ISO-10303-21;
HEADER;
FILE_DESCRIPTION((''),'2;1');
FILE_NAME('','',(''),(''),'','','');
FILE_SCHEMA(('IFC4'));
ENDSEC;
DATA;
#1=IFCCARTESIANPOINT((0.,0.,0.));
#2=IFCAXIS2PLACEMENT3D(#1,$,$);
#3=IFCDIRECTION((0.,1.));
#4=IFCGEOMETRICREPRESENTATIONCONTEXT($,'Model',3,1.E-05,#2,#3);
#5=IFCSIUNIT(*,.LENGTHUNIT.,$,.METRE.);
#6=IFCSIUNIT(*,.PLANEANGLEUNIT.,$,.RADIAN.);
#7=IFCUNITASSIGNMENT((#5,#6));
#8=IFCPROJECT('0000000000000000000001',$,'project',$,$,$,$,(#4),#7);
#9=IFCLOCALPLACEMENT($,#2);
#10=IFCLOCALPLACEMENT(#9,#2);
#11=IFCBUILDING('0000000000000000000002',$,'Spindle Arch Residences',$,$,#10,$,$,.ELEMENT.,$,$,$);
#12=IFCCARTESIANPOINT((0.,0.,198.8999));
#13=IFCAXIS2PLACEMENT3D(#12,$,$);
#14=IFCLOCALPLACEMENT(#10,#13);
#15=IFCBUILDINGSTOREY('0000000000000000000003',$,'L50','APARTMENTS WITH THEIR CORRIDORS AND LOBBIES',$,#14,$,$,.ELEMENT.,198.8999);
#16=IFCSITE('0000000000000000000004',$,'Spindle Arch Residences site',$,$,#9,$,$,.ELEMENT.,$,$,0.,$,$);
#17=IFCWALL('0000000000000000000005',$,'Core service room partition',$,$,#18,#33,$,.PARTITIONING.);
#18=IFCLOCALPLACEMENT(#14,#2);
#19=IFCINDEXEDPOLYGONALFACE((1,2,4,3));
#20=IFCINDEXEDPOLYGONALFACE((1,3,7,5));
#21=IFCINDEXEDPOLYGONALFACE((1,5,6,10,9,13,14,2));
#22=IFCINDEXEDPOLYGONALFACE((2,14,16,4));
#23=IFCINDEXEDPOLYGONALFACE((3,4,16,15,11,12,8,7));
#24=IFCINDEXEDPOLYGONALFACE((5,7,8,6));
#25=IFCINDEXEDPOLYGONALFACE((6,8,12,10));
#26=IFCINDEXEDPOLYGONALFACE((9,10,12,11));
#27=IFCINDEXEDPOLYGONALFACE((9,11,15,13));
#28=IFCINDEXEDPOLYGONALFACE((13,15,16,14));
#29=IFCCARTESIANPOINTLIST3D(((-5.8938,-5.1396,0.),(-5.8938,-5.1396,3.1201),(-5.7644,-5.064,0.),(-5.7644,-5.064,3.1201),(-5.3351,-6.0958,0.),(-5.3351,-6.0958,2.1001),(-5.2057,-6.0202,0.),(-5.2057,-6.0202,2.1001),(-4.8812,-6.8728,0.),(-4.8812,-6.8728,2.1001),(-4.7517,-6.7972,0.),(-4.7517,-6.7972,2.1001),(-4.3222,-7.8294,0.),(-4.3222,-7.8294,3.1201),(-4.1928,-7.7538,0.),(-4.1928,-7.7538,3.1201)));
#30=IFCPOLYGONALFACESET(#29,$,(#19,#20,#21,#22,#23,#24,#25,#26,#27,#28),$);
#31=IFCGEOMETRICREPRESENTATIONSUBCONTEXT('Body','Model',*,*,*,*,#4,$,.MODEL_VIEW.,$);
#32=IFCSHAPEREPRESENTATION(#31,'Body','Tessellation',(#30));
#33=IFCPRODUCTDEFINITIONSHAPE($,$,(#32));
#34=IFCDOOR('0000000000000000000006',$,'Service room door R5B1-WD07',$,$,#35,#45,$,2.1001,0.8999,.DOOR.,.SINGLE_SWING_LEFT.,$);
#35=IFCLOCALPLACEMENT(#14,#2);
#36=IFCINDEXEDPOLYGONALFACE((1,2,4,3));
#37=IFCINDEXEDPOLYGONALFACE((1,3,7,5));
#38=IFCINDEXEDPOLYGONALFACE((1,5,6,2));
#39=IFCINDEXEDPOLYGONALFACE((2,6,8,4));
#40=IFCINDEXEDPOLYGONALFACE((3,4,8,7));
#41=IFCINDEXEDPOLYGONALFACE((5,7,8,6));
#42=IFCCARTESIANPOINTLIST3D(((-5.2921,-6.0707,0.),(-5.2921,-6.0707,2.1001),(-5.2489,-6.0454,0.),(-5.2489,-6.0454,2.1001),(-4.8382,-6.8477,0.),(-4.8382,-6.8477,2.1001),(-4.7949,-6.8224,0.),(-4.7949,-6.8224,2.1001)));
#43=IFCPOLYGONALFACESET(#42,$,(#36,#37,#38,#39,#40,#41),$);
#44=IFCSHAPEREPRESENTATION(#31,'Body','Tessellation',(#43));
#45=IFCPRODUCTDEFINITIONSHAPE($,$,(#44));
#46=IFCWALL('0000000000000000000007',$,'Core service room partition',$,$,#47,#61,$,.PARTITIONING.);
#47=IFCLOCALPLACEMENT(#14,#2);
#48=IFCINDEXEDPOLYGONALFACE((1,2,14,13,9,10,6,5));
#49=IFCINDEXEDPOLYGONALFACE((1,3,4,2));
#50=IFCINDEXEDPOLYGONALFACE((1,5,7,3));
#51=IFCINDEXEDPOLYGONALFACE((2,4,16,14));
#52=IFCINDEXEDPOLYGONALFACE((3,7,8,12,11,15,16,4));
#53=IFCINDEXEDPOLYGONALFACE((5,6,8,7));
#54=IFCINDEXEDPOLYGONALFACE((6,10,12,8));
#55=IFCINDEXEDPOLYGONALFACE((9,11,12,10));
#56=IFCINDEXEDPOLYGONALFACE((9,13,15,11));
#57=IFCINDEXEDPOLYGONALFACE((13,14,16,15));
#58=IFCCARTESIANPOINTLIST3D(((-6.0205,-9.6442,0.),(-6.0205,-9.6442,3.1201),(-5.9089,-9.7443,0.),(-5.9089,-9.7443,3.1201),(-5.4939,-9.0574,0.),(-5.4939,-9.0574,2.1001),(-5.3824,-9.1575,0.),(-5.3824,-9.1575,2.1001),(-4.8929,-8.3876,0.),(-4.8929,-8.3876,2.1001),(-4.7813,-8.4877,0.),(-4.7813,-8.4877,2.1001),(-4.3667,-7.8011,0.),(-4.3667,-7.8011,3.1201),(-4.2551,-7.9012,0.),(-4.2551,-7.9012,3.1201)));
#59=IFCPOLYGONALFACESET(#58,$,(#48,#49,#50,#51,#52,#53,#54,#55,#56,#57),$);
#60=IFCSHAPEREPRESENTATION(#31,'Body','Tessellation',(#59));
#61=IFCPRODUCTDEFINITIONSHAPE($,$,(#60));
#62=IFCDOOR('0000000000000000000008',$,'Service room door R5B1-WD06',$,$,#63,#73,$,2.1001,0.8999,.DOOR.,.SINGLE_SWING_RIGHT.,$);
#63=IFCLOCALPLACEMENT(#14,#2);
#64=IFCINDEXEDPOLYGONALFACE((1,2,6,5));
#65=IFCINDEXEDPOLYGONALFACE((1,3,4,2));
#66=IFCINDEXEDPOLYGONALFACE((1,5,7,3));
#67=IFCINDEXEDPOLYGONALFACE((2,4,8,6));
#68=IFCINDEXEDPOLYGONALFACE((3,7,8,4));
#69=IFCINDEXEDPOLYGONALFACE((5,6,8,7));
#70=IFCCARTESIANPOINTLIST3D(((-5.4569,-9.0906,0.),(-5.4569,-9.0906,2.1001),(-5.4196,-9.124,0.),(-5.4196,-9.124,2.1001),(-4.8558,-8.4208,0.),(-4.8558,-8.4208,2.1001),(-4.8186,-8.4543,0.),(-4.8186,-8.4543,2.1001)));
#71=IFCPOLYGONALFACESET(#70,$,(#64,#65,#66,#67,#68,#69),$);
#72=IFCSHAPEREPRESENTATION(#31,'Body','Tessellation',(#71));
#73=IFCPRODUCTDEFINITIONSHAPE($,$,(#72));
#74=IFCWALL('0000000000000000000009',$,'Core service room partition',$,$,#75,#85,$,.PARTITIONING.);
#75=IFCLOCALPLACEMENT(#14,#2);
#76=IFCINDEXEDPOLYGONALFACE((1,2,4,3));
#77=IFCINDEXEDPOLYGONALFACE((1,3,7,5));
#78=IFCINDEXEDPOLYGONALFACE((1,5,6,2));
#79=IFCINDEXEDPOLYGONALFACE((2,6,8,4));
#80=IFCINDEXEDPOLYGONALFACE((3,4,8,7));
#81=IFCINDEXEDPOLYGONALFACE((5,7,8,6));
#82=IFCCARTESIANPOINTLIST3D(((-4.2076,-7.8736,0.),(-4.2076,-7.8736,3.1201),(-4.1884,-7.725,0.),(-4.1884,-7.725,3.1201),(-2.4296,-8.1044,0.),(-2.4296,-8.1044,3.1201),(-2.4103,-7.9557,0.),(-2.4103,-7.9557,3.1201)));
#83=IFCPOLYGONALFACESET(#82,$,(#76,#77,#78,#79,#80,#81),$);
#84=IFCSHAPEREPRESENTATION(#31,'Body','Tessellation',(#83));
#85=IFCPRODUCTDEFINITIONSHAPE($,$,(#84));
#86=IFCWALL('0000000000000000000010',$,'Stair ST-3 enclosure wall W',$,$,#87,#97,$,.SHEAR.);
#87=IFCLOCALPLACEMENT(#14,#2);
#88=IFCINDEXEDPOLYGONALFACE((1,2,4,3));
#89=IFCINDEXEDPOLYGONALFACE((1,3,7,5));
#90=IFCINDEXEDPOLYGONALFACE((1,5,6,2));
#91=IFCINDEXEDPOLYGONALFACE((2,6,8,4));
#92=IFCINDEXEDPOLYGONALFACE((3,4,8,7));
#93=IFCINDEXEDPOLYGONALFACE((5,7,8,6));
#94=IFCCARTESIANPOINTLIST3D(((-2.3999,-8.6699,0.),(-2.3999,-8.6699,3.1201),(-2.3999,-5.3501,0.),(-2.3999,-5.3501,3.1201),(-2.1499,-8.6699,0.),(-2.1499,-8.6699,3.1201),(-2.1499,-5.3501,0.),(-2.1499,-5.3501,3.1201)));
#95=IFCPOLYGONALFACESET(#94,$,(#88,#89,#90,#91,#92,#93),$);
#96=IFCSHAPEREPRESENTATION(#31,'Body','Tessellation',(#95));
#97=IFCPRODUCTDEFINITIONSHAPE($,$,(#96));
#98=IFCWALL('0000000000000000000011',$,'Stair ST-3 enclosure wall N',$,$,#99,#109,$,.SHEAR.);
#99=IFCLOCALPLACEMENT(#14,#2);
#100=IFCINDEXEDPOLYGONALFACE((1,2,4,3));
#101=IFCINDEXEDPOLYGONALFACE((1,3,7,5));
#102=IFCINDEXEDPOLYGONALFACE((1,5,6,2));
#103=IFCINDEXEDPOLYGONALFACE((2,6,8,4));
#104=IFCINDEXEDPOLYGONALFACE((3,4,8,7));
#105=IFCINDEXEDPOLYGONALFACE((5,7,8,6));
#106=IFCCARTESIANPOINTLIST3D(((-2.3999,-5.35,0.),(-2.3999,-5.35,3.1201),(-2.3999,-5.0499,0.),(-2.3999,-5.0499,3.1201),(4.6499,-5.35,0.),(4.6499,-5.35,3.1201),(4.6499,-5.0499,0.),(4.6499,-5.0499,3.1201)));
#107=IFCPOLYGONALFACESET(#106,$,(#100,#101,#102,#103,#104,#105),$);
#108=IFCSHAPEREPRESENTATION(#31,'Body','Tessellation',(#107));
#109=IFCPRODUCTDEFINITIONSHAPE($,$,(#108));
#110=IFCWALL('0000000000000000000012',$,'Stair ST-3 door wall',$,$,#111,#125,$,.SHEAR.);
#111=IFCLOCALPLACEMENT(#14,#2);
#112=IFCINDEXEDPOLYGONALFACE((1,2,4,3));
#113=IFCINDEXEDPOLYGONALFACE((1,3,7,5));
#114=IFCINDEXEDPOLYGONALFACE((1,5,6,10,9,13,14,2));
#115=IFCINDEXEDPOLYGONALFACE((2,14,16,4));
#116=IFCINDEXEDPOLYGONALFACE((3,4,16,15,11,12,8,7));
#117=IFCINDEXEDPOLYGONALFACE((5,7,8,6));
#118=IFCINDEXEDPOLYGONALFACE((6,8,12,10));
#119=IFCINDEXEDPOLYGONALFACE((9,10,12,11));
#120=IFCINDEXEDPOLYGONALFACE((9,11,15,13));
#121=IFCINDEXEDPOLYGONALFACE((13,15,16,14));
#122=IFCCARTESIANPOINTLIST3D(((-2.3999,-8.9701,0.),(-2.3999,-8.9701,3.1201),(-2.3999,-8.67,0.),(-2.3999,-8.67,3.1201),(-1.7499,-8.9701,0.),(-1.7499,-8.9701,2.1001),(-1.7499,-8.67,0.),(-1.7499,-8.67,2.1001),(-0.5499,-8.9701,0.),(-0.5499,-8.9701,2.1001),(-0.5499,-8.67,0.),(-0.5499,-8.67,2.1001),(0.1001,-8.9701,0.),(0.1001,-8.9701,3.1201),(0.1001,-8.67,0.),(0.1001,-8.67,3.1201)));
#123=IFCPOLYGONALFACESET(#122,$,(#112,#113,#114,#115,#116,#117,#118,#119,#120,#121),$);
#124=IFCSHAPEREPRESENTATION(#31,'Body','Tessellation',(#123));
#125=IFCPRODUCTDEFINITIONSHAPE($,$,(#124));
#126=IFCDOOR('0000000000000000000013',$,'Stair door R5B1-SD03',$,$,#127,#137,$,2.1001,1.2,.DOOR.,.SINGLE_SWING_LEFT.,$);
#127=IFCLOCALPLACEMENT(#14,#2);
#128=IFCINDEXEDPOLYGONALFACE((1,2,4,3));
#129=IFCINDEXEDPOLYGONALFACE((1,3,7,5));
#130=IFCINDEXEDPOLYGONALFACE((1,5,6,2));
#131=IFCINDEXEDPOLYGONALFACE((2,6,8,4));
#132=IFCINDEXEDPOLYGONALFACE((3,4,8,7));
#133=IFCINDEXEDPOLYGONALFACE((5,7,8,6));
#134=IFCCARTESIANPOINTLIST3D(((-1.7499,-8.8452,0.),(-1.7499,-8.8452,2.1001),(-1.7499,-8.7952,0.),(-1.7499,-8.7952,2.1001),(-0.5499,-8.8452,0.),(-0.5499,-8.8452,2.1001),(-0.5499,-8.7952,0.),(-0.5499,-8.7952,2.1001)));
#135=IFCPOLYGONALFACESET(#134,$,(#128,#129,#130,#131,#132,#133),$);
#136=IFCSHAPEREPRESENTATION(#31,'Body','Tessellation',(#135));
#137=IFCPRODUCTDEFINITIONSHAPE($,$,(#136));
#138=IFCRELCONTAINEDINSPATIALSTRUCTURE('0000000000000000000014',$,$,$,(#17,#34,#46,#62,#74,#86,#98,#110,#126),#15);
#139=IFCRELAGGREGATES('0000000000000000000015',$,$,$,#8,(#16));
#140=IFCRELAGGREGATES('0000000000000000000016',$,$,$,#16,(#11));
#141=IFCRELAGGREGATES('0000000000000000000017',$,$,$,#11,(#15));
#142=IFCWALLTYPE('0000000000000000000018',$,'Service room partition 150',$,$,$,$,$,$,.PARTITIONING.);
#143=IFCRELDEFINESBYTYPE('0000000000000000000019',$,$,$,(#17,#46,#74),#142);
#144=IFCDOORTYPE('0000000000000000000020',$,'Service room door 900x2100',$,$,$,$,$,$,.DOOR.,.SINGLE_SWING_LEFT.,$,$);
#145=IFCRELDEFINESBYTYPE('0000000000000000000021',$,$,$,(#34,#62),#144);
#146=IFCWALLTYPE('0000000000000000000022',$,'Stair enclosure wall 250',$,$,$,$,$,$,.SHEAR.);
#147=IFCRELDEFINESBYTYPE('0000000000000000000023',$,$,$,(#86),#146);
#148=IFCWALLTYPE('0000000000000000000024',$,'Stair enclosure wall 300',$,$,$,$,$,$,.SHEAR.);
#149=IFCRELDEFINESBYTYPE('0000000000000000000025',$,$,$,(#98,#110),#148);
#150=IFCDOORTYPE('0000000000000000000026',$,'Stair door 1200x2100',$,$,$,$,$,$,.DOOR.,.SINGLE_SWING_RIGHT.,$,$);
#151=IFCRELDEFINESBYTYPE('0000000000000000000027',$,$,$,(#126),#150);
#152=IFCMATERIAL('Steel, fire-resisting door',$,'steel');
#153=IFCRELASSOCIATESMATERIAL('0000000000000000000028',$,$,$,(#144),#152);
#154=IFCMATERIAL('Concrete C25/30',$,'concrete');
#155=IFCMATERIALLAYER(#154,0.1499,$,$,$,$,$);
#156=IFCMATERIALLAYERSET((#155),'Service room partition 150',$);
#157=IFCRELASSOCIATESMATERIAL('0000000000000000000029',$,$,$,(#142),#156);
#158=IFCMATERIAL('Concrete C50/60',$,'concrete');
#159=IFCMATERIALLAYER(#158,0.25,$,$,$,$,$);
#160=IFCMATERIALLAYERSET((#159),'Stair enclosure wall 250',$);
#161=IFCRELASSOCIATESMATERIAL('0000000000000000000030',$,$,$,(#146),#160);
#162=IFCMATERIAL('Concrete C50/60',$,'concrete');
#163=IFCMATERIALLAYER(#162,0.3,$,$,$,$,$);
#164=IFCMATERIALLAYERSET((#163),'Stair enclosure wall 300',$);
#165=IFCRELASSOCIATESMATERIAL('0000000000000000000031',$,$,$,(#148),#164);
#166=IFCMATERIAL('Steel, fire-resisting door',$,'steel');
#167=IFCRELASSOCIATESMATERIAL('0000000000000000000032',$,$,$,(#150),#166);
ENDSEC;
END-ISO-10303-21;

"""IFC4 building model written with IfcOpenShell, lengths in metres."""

from ifc_helpers import new_model, si_unit, direction, frame, frame_2d, origin, place, context, subcontext, project, spatial, rectangle, extrude, material, layer, layer_set, type_object, element, fill, save


model = new_model("IFC4")

# Units and contexts
model_context = context("Model", 3, precision=1e-05, world=origin(), true_north=direction((0.0, 1.0)))
body_context = subcontext(model_context, "Body", "Model", "MODEL_VIEW")
ifc_project = project(units=[si_unit("LENGTHUNIT", "METRE"), si_unit("PLANEANGLEUNIT", "RADIAN")], contexts=[model_context])

# Site, building, storey
site_placement = place(None, origin())
site = spatial("IfcSite", under=ifc_project, at=site_placement, Name="Spindle Arch Residences site", CompositionType="ELEMENT", RefElevation=0.0)
building_placement = place(site_placement, origin())
building = spatial("IfcBuilding", under=site, at=building_placement, Name="Spindle Arch Residences", CompositionType="ELEMENT")
storey_placement = place(building_placement, frame((0.0, 0.0, 198.8999)))
storey = spatial("IfcBuildingStorey", under=building, at=storey_placement, Name="L50", Description="APARTMENTS WITH THEIR CORRIDORS AND LOBBIES", CompositionType="ELEMENT", Elevation=198.8999)

# Shared definitions
ifc_material_1 = material(Name="Steel, fire-resisting door", Category="steel")
door_type_1 = type_object("IfcDoorType", Name="Service room door 900x2100", OperationType="SINGLE_SWING_LEFT", PredefinedType="DOOR", material=ifc_material_1)

# Walls, openings, doors
ifc_material_2 = material(Name="Concrete C25/30", Category="concrete")
ifc_layer_1 = layer(ifc_material_2, 0.1499)
ifc_layer_set_1 = layer_set([ifc_layer_1], Name="Service room partition 150")
wall_type_1 = type_object("IfcWallType", Name="Service room partition 150", PredefinedType="PARTITIONING", material=ifc_layer_set_1)
wall_1_placement = place(storey_placement, frame((-5.8291, -5.1018, 0.0), z_axis=(0.0, 0.0, 1.0), x_axis=(0.50448, -0.863423, 0.0)))
wall_1 = element("IfcWall", 1, at=wall_1_placement, inside=storey, type_object=wall_type_1, Name="Core service room partition", PredefinedType="PARTITIONING", context=body_context, shape_type="SweptSolid", body=[
    extrude(rectangle(XDim=3.1152, YDim=0.1499, at=frame_2d((1.5576, 0.0))), origin(), (0.0, 0.0, 1.0), 3.1201),
])
opening_1_placement = place(wall_1_placement, frame((1.1074, 0.0, 0.0)))
opening_1 = element("IfcOpeningElement", 2, at=opening_1_placement, cuts=wall_1, PredefinedType="OPENING", context=body_context, shape_type="SweptSolid", body=[
    extrude(rectangle(XDim=0.8999, YDim=2.1001, at=frame_2d((0.45, 1.05))), frame((0.0, 0.085, 0.0), z_axis=(0.0, -1.0, 0.0), x_axis=(1.0, 0.0, 0.0)), (0.0, 0.0, 1.0), 0.1699),
])
door_1_placement = place(opening_1_placement, origin())
door_1 = element("IfcDoor", 3, at=door_1_placement, inside=storey, type_object=door_type_1, Name="Service room door R5B1-WD07", OperationType="SINGLE_SWING_LEFT", OverallHeight=2.1001, OverallWidth=0.8999, PredefinedType="DOOR", context=body_context, shape_type="SweptSolid", body=[
    extrude(rectangle(XDim=0.8999, YDim=2.1001, at=frame_2d((0.45, 1.05))), frame((0.0, 0.0249, 0.0), z_axis=(0.0, -1.0, 0.0), x_axis=(1.0, 0.0, 0.0)), (0.0, 0.0, 1.0), 0.05),
])
fill(opening_1, door_1)
wall_2_placement = place(storey_placement, frame((-4.3108, -7.8511, 0.0), z_axis=(0.0, 0.0, 1.0), x_axis=(-0.667869, -0.744279, 0.0)))
wall_2 = element("IfcWall", 4, at=wall_2_placement, inside=storey, type_object=wall_type_1, Name="Core service room partition", PredefinedType="PARTITIONING", context=body_context, shape_type="SweptSolid", body=[
    extrude(rectangle(XDim=2.4763, YDim=0.1499, at=frame_2d((1.2383, 0.0))), origin(), (0.0, 0.0, 1.0), 3.1201),
])
opening_2_placement = place(wall_2_placement, frame((0.7881, 0.0, 0.0)))
opening_2 = element("IfcOpeningElement", 5, at=opening_2_placement, cuts=wall_2, PredefinedType="OPENING", context=body_context, shape_type="SweptSolid", body=[
    extrude(rectangle(XDim=0.8999, YDim=2.1001, at=frame_2d((0.45, 1.05))), frame((0.0, 0.085, 0.0), z_axis=(0.0, -1.0, 0.0), x_axis=(1.0, 0.0, 0.0)), (0.0, 0.0, 1.0), 0.1699),
])
door_2_placement = place(opening_2_placement, origin())
door_2 = element("IfcDoor", 6, at=door_2_placement, inside=storey, type_object=door_type_1, Name="Service room door R5B1-WD06", OperationType="SINGLE_SWING_RIGHT", OverallHeight=2.1001, OverallWidth=0.8999, PredefinedType="DOOR", context=body_context, shape_type="SweptSolid", body=[
    extrude(rectangle(XDim=0.8999, YDim=2.1001, at=frame_2d((0.45, 1.05))), frame((0.0, 0.0249, 0.0), z_axis=(0.0, -1.0, 0.0), x_axis=(1.0, 0.0, 0.0)), (0.0, 0.0, 1.0), 0.05),
])
fill(opening_2, door_2)

# Walls
wall_3_placement = place(storey_placement, frame((-4.198, -7.7993, 0.0), z_axis=(0.0, 0.0, 1.0), x_axis=(0.991687, -0.128676, 0.0)))
element("IfcWall", 7, at=wall_3_placement, inside=storey, type_object=wall_type_1, Name="Core service room partition", PredefinedType="PARTITIONING", context=body_context, shape_type="SweptSolid", body=[
    extrude(rectangle(XDim=1.793, YDim=0.1499, at=frame_2d((0.8965, 0.0))), origin(), (0.0, 0.0, 1.0), 3.1201),
])
ifc_material_3 = material(Name="Concrete C50/60", Category="concrete")
ifc_layer_2 = layer(ifc_material_3, 0.25)
ifc_layer_set_2 = layer_set([ifc_layer_2], Name="Stair enclosure wall 250")
wall_type_2 = type_object("IfcWallType", Name="Stair enclosure wall 250", PredefinedType="SHEAR", material=ifc_layer_set_2)
wall_4_placement = place(storey_placement, frame((-2.2749, -8.6699, 0.0), z_axis=(0.0, 0.0, 1.0), x_axis=(0.0, 1.0, 0.0)))
element("IfcWall", 8, at=wall_4_placement, inside=storey, type_object=wall_type_2, Name="Stair ST-3 enclosure wall W", PredefinedType="SHEAR", context=body_context, shape_type="SweptSolid", body=[
    extrude(rectangle(XDim=3.3198, YDim=0.25, at=frame_2d((1.6599, 0.0))), origin(), (0.0, 0.0, 1.0), 3.1201),
])
ifc_material_4 = material(Name="Concrete C50/60", Category="concrete")
ifc_layer_3 = layer(ifc_material_4, 0.3)
ifc_layer_set_3 = layer_set([ifc_layer_3], Name="Stair enclosure wall 300")
wall_type_3 = type_object("IfcWallType", Name="Stair enclosure wall 300", PredefinedType="SHEAR", material=ifc_layer_set_3)
wall_5_placement = place(storey_placement, frame((-2.3999, -5.2, 0.0), z_axis=(0.0, 0.0, 1.0), x_axis=(1.0, 0.0, 0.0)))
element("IfcWall", 9, at=wall_5_placement, inside=storey, type_object=wall_type_3, Name="Stair ST-3 enclosure wall N", PredefinedType="SHEAR", context=body_context, shape_type="SweptSolid", body=[
    extrude(rectangle(XDim=7.0498, YDim=0.3, at=frame_2d((3.5249, 0.0))), origin(), (0.0, 0.0, 1.0), 3.1201),
])

# Wall, opening, door
wall_6_placement = place(storey_placement, frame((-2.3999, -8.8201, 0.0), z_axis=(0.0, 0.0, 1.0), x_axis=(1.0, 0.0, 0.0)))
wall_6 = element("IfcWall", 10, at=wall_6_placement, inside=storey, type_object=wall_type_3, Name="Stair ST-3 door wall", PredefinedType="SHEAR", context=body_context, shape_type="SweptSolid", body=[
    extrude(rectangle(XDim=2.5, YDim=0.3, at=frame_2d((1.25, 0.0))), origin(), (0.0, 0.0, 1.0), 3.1201),
])
opening_3_placement = place(wall_6_placement, frame((0.6499, 0.0, 0.0)))
opening_3 = element("IfcOpeningElement", 11, at=opening_3_placement, cuts=wall_6, PredefinedType="OPENING", context=body_context, shape_type="SweptSolid", body=[
    extrude(rectangle(XDim=1.2, YDim=2.1001, at=frame_2d((0.6001, 1.05))), frame((0.0, 0.1602, 0.0), z_axis=(0.0, -1.0, 0.0), x_axis=(1.0, 0.0, 0.0)), (0.0, 0.0, 1.0), 0.3201),
])
ifc_material_5 = material(Name="Steel, fire-resisting door", Category="steel")
door_type_2 = type_object("IfcDoorType", Name="Stair door 1200x2100", OperationType="SINGLE_SWING_RIGHT", PredefinedType="DOOR", material=ifc_material_5)
door_3_placement = place(opening_3_placement, origin())
door_3 = element("IfcDoor", 12, at=door_3_placement, inside=storey, type_object=door_type_2, Name="Stair door R5B1-SD03", OperationType="SINGLE_SWING_LEFT", OverallHeight=2.1001, OverallWidth=1.2, PredefinedType="DOOR", context=body_context, shape_type="SweptSolid", body=[
    extrude(rectangle(XDim=1.2, YDim=2.1001, at=frame_2d((0.6001, 1.05))), frame((0.0, 0.0249, 0.0), z_axis=(0.0, -1.0, 0.0), x_axis=(1.0, 0.0, 0.0)), (0.0, 0.0, 1.0), 0.05),
])
fill(opening_3, door_3)

save(model, "model.ifc")
